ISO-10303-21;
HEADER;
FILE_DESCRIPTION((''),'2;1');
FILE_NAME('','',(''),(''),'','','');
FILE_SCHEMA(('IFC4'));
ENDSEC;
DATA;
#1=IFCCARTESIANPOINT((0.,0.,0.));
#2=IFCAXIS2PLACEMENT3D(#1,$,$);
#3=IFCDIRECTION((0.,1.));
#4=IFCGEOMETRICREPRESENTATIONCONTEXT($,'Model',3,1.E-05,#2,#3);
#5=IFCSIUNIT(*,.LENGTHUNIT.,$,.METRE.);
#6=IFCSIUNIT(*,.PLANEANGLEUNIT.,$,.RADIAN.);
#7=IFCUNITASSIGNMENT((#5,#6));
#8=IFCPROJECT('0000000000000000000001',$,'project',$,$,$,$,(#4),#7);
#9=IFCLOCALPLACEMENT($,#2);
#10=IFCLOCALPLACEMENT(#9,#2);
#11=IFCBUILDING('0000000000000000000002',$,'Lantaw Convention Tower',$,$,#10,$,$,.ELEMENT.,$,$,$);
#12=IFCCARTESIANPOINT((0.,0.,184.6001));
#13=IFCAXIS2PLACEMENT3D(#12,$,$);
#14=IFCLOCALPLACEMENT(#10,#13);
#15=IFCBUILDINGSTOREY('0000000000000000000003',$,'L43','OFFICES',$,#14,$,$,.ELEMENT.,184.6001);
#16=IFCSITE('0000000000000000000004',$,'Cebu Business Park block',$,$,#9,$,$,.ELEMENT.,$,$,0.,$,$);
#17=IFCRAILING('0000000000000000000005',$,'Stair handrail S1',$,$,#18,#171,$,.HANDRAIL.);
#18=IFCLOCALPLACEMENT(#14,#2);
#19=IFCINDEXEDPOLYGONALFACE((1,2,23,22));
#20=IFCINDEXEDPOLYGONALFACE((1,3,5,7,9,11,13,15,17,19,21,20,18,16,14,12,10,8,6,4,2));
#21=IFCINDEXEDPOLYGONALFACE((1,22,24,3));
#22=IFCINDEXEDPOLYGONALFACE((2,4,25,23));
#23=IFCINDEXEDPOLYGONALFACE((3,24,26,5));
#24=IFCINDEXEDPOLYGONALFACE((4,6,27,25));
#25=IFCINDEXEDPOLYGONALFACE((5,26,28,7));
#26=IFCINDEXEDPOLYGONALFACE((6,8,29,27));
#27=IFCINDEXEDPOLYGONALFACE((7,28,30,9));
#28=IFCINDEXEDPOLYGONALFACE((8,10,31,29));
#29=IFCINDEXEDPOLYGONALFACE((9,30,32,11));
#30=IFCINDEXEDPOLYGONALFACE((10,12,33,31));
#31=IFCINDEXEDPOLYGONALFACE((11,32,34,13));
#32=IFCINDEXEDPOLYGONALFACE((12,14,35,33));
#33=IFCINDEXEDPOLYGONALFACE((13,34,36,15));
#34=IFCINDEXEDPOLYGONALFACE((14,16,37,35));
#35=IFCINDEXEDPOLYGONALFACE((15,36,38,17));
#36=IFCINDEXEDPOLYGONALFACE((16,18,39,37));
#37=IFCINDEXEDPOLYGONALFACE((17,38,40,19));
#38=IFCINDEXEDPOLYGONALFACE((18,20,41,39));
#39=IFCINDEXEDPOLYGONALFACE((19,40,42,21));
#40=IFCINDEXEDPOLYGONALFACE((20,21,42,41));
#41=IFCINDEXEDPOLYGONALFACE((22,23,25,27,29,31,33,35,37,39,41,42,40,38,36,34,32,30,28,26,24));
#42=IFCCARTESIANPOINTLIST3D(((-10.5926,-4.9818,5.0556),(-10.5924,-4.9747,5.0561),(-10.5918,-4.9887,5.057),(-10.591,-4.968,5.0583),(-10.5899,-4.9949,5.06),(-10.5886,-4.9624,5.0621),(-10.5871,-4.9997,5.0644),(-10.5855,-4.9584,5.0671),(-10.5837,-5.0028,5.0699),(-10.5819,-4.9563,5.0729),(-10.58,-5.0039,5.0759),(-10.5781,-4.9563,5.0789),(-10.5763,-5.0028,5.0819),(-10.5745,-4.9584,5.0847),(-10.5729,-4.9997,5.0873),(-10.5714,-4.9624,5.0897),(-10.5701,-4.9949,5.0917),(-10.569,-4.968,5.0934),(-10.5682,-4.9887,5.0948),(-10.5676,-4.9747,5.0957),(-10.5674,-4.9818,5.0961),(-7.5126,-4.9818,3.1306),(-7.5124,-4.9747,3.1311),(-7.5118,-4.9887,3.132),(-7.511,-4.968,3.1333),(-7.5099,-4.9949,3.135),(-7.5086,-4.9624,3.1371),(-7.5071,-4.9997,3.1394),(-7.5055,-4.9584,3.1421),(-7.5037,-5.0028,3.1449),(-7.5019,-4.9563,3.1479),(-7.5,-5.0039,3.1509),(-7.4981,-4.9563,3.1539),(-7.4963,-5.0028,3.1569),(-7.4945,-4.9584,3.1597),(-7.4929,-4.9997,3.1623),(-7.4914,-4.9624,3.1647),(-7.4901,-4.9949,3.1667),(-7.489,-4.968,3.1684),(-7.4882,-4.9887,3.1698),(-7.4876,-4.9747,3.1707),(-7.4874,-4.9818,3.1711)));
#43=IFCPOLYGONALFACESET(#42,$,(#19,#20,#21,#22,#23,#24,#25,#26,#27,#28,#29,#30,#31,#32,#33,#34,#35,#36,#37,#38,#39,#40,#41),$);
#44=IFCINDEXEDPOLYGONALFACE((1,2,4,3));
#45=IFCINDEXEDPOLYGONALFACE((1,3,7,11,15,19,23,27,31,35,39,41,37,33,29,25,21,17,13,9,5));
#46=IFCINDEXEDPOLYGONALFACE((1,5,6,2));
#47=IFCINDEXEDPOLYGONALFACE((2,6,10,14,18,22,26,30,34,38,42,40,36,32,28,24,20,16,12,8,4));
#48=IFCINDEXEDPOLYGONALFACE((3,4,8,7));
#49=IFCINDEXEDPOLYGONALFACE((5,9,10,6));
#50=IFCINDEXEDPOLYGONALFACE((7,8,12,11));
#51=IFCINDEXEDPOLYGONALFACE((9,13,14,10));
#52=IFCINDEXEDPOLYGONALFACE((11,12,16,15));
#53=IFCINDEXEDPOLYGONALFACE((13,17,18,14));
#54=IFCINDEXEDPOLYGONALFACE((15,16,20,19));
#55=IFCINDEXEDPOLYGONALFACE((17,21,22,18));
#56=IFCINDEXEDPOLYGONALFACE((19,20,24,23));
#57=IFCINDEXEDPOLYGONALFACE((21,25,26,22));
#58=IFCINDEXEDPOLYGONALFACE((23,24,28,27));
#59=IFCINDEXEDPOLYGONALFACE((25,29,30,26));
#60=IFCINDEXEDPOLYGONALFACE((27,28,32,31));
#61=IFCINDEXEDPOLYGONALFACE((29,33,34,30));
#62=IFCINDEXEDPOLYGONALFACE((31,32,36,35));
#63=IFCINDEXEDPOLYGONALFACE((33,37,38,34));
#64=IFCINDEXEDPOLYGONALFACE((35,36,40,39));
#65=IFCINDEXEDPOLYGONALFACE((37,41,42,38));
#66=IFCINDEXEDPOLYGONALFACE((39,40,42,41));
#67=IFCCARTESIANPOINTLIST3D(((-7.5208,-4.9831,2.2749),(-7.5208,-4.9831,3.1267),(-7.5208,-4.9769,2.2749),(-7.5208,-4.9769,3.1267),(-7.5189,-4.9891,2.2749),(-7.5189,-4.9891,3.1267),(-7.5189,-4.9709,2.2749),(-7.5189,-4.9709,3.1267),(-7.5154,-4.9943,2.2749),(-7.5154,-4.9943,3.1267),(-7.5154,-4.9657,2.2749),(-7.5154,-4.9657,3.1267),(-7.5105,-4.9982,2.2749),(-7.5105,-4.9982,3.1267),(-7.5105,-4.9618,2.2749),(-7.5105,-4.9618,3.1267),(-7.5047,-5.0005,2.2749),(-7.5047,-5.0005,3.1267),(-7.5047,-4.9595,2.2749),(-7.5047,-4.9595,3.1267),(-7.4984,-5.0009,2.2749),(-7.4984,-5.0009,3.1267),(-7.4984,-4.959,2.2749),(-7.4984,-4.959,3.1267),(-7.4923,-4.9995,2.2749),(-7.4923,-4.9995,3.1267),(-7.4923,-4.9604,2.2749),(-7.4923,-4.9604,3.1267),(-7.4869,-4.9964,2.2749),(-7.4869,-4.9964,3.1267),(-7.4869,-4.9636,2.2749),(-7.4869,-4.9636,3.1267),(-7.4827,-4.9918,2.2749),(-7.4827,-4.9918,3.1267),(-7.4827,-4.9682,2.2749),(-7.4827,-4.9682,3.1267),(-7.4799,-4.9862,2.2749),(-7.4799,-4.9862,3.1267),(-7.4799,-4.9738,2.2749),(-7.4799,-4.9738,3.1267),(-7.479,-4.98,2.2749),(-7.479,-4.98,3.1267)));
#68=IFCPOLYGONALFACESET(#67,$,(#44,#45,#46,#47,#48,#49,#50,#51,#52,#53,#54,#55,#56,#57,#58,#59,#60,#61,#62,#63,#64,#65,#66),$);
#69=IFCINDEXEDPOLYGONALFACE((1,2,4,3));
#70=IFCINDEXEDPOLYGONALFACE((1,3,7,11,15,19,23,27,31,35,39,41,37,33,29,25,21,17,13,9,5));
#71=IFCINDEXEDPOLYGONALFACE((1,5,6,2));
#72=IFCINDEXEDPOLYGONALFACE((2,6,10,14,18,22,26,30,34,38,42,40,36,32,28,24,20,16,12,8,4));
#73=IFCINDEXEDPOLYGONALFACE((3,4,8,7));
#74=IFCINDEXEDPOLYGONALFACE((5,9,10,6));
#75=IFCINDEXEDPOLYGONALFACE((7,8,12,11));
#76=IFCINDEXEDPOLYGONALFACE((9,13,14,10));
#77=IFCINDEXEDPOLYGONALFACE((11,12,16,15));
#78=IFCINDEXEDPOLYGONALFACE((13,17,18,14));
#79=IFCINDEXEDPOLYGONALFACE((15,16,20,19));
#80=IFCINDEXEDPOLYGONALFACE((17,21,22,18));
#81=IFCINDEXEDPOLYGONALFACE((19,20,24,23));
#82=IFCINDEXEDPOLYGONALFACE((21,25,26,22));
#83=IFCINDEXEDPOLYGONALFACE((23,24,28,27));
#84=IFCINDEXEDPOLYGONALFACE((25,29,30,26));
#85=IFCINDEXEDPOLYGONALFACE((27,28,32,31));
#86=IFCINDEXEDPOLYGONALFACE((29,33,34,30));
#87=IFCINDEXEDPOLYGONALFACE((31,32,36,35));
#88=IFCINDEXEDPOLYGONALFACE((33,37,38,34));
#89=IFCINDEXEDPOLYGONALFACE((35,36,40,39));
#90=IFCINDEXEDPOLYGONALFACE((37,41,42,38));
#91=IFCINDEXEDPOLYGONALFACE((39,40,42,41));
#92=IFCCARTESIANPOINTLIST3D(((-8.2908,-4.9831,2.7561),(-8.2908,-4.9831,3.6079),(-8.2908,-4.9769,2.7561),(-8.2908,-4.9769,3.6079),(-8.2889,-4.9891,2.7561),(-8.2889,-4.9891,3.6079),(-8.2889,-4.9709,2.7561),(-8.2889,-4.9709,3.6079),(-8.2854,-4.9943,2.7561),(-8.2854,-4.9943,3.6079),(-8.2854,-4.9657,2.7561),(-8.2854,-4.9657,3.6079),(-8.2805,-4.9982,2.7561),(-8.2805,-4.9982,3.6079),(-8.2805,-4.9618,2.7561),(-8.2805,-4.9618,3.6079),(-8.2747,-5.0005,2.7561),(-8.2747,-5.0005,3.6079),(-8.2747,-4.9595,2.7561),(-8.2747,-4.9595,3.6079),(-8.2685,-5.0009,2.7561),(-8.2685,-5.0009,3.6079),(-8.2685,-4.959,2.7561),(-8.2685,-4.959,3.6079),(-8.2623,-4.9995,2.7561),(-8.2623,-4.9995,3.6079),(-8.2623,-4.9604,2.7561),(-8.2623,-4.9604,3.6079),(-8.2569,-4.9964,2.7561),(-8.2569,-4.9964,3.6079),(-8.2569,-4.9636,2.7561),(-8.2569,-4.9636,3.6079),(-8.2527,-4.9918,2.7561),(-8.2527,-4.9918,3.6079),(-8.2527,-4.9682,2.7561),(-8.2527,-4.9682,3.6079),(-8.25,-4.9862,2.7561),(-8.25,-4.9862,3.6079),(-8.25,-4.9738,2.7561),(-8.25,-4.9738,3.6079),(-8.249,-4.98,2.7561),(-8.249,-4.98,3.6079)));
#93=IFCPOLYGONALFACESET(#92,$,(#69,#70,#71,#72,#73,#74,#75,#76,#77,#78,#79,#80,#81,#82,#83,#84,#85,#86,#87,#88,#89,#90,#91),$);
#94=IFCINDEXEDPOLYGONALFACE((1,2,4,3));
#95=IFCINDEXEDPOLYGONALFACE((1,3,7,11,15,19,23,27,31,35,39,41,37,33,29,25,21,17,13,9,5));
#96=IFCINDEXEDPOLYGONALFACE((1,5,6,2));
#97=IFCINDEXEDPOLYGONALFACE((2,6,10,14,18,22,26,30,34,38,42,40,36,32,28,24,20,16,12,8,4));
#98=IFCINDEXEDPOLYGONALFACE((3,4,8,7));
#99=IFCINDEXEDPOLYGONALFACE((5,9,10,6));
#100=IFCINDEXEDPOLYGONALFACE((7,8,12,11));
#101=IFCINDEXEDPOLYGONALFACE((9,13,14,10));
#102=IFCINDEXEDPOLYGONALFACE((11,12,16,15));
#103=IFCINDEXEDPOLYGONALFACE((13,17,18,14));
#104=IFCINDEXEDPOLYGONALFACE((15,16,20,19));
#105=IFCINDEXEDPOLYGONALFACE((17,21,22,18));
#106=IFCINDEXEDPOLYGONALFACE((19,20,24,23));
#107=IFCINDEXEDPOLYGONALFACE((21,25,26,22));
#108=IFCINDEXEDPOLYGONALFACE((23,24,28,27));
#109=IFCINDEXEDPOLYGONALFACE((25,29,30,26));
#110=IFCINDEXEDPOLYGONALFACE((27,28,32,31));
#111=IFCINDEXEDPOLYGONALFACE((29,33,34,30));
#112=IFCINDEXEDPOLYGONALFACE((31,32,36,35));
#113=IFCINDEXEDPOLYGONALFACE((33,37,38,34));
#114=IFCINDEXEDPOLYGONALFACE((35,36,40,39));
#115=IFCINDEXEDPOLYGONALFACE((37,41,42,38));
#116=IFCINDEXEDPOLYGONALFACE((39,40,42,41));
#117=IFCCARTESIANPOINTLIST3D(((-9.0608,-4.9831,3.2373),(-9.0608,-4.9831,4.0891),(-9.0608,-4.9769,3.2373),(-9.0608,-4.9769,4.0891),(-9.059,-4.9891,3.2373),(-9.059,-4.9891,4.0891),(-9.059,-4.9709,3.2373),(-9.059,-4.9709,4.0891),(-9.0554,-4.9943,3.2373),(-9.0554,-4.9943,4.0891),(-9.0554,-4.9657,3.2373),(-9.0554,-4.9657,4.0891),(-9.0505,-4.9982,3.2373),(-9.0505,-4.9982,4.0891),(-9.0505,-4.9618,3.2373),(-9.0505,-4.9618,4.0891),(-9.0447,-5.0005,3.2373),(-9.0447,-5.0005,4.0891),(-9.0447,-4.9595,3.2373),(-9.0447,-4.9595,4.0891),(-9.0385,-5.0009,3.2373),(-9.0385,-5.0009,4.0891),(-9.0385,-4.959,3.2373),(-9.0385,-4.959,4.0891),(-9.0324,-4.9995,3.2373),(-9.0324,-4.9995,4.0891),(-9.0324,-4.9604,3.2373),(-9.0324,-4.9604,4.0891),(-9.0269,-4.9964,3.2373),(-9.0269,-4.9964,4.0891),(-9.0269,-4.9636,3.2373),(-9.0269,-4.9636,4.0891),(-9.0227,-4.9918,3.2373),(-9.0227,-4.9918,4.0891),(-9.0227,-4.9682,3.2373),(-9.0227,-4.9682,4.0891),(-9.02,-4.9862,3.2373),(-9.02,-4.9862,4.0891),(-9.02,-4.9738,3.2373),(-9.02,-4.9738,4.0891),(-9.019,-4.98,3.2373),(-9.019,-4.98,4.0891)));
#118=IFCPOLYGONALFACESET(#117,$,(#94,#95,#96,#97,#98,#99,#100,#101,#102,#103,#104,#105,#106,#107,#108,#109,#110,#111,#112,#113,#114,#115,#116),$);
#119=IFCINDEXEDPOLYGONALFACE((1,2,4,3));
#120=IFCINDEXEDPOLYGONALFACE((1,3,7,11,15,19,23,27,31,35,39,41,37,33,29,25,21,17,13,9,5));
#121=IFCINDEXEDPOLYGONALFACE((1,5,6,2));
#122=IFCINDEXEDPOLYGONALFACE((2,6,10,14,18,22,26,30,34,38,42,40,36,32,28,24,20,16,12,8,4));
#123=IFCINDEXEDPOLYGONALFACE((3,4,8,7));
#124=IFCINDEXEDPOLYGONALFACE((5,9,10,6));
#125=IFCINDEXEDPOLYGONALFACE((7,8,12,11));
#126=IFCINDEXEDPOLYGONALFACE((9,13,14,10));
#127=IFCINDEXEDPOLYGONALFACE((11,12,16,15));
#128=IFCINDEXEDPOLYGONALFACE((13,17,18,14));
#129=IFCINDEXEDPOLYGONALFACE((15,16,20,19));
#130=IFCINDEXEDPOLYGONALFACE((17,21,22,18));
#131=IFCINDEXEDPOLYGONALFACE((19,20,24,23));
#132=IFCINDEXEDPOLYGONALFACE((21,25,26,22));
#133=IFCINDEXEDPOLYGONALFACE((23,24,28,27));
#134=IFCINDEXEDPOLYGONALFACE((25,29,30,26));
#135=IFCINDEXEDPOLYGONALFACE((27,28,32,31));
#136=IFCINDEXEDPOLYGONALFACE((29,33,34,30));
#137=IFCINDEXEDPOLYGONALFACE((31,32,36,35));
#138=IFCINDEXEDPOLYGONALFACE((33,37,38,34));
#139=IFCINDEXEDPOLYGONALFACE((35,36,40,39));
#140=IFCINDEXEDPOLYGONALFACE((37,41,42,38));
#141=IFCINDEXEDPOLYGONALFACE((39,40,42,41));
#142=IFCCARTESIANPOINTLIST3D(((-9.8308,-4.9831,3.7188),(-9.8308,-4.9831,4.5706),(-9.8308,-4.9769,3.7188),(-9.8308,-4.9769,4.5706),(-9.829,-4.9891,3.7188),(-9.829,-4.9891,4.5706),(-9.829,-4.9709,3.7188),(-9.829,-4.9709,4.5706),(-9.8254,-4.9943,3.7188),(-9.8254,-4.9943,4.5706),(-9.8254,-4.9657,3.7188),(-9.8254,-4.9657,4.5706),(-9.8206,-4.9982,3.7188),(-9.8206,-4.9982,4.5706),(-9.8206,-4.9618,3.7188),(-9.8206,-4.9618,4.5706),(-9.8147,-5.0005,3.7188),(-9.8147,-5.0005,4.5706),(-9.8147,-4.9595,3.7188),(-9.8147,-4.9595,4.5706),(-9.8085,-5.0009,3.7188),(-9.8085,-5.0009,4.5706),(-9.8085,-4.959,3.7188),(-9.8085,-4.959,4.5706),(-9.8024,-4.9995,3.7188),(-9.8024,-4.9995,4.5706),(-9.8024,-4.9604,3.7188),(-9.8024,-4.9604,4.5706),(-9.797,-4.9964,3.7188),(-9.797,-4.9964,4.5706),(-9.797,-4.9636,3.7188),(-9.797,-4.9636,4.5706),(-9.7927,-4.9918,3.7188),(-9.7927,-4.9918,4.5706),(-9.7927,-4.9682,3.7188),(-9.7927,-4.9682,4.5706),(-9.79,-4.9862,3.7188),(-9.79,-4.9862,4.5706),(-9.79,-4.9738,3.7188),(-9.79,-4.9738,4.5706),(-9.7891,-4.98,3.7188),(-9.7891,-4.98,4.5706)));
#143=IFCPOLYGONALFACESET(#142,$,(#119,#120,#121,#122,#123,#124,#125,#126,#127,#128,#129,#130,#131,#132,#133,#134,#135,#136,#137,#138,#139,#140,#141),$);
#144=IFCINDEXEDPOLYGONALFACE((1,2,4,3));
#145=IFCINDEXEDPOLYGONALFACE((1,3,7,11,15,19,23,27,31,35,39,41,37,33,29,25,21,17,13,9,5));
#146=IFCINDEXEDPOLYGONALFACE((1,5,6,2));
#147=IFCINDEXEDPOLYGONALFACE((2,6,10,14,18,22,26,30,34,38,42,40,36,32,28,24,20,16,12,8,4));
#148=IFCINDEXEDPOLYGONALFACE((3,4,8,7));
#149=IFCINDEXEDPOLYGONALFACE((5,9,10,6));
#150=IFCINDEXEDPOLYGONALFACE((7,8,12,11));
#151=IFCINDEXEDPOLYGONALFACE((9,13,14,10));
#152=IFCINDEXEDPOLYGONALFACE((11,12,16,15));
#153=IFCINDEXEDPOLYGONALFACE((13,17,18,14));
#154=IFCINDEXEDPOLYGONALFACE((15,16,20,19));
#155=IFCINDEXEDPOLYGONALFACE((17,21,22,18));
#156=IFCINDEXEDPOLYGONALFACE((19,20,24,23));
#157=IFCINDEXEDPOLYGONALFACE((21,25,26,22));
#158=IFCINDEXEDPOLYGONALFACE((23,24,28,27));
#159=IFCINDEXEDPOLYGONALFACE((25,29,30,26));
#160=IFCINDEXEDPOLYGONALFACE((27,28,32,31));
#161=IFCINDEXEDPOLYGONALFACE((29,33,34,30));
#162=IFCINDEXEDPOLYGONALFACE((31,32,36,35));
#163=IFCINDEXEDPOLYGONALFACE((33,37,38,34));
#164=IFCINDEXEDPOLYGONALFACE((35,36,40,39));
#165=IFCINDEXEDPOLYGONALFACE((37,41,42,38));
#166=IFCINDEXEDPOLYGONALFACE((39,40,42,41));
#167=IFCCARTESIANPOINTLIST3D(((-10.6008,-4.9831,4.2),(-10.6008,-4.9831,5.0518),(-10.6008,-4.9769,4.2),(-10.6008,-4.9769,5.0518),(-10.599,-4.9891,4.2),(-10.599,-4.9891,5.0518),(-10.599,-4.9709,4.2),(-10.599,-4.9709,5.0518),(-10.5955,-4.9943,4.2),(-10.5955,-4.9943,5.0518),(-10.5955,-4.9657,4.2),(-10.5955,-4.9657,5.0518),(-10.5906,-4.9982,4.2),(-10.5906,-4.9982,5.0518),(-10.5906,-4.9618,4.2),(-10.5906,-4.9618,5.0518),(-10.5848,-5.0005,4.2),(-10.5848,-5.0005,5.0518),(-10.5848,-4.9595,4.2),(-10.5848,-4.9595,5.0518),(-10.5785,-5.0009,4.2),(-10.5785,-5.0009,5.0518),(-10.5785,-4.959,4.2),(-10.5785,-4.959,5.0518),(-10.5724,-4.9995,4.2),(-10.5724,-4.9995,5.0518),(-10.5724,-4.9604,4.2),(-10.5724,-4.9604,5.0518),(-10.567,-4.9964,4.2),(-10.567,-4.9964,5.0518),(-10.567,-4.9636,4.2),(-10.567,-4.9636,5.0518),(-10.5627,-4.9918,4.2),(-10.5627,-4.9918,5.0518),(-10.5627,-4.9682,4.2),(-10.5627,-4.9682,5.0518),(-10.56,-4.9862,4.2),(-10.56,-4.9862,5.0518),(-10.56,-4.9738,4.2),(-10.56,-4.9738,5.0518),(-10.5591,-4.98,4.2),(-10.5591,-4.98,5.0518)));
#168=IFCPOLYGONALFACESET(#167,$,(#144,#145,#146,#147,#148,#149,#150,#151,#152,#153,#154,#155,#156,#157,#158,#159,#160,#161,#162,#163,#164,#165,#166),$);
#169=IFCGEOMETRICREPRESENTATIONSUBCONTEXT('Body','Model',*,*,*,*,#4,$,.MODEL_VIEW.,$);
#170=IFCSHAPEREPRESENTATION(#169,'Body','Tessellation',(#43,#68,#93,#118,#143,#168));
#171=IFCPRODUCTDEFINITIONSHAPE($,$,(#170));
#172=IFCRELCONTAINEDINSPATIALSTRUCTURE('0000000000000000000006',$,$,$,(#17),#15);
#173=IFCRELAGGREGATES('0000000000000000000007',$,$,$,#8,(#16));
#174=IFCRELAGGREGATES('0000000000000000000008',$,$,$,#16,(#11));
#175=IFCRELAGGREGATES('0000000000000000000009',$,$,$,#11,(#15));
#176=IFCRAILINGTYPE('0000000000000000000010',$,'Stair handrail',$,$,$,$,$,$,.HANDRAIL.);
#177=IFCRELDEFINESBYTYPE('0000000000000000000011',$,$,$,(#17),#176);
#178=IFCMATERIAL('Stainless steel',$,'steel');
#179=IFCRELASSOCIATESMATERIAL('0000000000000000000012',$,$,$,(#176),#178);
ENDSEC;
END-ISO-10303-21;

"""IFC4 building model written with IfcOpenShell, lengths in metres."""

from ifc_helpers import new_model, si_unit, direction, frame, origin, origin_2d, place, context, subcontext, project, spatial, circle, extrude, material, type_object, element, save


model = new_model("IFC4")

# Units and contexts
model_context = context("Model", 3, precision=1e-05, world=origin(), true_north=direction((0.0, 1.0)))
body_context = subcontext(model_context, "Body", "Model", "MODEL_VIEW")
ifc_project = project(units=[si_unit("LENGTHUNIT", "METRE"), si_unit("PLANEANGLEUNIT", "RADIAN")], contexts=[model_context])

# Site, building, storey
site_placement = place(None, origin())
site = spatial("IfcSite", under=ifc_project, at=site_placement, Name="Cebu Business Park block", CompositionType="ELEMENT", RefElevation=0.0)
building_placement = place(site_placement, origin())
building = spatial("IfcBuilding", under=site, at=building_placement, Name="Lantaw Convention Tower", CompositionType="ELEMENT")
storey_placement = place(building_placement, frame((0.0, 0.0, 184.6001)))
storey = spatial("IfcBuildingStorey", under=building, at=storey_placement, Name="L43", Description="OFFICES", CompositionType="ELEMENT", Elevation=184.6001)

# Railing
ifc_material_1 = material(Name="Stainless steel", Category="steel")
railing_type = type_object("IfcRailingType", Name="Stair handrail", PredefinedType="HANDRAIL", material=ifc_material_1)
railing_1_placement = place(storey_placement, frame((-7.5, -4.98, 2.2749)))
element("IfcRailing", 1, at=railing_1_placement, inside=storey, type_object=railing_type, Name="Stair handrail S1", PredefinedType="HANDRAIL", context=body_context, shape_type="SweptSolid", body=[
    extrude(circle(Radius=0.0239, at=origin_2d()), frame((0.0, 0.0, 0.876), z_axis=(-0.847998, 0.0, 0.529999), x_axis=(0.0, -1.0, 0.0)), (0.0, 0.0, 1.0), 3.6321),
    extrude(circle(Radius=0.021, at=origin_2d()), origin(), (0.0, 0.0, 1.0), 0.8518),
    extrude(circle(Radius=0.021, at=origin_2d()), frame((-0.77, 0.0, 0.4812)), (0.0, 0.0, 1.0), 0.8518),
    extrude(circle(Radius=0.021, at=origin_2d()), frame((-1.54, 0.0, 0.9624)), (0.0, 0.0, 1.0), 0.8518),
    extrude(circle(Radius=0.021, at=origin_2d()), frame((-2.3101, 0.0, 1.4438)), (0.0, 0.0, 1.0), 0.8518),
    extrude(circle(Radius=0.021, at=origin_2d()), frame((-3.0801, 0.0, 1.925)), (0.0, 0.0, 1.0), 0.8518),
])

save(model, "model.ifc")
